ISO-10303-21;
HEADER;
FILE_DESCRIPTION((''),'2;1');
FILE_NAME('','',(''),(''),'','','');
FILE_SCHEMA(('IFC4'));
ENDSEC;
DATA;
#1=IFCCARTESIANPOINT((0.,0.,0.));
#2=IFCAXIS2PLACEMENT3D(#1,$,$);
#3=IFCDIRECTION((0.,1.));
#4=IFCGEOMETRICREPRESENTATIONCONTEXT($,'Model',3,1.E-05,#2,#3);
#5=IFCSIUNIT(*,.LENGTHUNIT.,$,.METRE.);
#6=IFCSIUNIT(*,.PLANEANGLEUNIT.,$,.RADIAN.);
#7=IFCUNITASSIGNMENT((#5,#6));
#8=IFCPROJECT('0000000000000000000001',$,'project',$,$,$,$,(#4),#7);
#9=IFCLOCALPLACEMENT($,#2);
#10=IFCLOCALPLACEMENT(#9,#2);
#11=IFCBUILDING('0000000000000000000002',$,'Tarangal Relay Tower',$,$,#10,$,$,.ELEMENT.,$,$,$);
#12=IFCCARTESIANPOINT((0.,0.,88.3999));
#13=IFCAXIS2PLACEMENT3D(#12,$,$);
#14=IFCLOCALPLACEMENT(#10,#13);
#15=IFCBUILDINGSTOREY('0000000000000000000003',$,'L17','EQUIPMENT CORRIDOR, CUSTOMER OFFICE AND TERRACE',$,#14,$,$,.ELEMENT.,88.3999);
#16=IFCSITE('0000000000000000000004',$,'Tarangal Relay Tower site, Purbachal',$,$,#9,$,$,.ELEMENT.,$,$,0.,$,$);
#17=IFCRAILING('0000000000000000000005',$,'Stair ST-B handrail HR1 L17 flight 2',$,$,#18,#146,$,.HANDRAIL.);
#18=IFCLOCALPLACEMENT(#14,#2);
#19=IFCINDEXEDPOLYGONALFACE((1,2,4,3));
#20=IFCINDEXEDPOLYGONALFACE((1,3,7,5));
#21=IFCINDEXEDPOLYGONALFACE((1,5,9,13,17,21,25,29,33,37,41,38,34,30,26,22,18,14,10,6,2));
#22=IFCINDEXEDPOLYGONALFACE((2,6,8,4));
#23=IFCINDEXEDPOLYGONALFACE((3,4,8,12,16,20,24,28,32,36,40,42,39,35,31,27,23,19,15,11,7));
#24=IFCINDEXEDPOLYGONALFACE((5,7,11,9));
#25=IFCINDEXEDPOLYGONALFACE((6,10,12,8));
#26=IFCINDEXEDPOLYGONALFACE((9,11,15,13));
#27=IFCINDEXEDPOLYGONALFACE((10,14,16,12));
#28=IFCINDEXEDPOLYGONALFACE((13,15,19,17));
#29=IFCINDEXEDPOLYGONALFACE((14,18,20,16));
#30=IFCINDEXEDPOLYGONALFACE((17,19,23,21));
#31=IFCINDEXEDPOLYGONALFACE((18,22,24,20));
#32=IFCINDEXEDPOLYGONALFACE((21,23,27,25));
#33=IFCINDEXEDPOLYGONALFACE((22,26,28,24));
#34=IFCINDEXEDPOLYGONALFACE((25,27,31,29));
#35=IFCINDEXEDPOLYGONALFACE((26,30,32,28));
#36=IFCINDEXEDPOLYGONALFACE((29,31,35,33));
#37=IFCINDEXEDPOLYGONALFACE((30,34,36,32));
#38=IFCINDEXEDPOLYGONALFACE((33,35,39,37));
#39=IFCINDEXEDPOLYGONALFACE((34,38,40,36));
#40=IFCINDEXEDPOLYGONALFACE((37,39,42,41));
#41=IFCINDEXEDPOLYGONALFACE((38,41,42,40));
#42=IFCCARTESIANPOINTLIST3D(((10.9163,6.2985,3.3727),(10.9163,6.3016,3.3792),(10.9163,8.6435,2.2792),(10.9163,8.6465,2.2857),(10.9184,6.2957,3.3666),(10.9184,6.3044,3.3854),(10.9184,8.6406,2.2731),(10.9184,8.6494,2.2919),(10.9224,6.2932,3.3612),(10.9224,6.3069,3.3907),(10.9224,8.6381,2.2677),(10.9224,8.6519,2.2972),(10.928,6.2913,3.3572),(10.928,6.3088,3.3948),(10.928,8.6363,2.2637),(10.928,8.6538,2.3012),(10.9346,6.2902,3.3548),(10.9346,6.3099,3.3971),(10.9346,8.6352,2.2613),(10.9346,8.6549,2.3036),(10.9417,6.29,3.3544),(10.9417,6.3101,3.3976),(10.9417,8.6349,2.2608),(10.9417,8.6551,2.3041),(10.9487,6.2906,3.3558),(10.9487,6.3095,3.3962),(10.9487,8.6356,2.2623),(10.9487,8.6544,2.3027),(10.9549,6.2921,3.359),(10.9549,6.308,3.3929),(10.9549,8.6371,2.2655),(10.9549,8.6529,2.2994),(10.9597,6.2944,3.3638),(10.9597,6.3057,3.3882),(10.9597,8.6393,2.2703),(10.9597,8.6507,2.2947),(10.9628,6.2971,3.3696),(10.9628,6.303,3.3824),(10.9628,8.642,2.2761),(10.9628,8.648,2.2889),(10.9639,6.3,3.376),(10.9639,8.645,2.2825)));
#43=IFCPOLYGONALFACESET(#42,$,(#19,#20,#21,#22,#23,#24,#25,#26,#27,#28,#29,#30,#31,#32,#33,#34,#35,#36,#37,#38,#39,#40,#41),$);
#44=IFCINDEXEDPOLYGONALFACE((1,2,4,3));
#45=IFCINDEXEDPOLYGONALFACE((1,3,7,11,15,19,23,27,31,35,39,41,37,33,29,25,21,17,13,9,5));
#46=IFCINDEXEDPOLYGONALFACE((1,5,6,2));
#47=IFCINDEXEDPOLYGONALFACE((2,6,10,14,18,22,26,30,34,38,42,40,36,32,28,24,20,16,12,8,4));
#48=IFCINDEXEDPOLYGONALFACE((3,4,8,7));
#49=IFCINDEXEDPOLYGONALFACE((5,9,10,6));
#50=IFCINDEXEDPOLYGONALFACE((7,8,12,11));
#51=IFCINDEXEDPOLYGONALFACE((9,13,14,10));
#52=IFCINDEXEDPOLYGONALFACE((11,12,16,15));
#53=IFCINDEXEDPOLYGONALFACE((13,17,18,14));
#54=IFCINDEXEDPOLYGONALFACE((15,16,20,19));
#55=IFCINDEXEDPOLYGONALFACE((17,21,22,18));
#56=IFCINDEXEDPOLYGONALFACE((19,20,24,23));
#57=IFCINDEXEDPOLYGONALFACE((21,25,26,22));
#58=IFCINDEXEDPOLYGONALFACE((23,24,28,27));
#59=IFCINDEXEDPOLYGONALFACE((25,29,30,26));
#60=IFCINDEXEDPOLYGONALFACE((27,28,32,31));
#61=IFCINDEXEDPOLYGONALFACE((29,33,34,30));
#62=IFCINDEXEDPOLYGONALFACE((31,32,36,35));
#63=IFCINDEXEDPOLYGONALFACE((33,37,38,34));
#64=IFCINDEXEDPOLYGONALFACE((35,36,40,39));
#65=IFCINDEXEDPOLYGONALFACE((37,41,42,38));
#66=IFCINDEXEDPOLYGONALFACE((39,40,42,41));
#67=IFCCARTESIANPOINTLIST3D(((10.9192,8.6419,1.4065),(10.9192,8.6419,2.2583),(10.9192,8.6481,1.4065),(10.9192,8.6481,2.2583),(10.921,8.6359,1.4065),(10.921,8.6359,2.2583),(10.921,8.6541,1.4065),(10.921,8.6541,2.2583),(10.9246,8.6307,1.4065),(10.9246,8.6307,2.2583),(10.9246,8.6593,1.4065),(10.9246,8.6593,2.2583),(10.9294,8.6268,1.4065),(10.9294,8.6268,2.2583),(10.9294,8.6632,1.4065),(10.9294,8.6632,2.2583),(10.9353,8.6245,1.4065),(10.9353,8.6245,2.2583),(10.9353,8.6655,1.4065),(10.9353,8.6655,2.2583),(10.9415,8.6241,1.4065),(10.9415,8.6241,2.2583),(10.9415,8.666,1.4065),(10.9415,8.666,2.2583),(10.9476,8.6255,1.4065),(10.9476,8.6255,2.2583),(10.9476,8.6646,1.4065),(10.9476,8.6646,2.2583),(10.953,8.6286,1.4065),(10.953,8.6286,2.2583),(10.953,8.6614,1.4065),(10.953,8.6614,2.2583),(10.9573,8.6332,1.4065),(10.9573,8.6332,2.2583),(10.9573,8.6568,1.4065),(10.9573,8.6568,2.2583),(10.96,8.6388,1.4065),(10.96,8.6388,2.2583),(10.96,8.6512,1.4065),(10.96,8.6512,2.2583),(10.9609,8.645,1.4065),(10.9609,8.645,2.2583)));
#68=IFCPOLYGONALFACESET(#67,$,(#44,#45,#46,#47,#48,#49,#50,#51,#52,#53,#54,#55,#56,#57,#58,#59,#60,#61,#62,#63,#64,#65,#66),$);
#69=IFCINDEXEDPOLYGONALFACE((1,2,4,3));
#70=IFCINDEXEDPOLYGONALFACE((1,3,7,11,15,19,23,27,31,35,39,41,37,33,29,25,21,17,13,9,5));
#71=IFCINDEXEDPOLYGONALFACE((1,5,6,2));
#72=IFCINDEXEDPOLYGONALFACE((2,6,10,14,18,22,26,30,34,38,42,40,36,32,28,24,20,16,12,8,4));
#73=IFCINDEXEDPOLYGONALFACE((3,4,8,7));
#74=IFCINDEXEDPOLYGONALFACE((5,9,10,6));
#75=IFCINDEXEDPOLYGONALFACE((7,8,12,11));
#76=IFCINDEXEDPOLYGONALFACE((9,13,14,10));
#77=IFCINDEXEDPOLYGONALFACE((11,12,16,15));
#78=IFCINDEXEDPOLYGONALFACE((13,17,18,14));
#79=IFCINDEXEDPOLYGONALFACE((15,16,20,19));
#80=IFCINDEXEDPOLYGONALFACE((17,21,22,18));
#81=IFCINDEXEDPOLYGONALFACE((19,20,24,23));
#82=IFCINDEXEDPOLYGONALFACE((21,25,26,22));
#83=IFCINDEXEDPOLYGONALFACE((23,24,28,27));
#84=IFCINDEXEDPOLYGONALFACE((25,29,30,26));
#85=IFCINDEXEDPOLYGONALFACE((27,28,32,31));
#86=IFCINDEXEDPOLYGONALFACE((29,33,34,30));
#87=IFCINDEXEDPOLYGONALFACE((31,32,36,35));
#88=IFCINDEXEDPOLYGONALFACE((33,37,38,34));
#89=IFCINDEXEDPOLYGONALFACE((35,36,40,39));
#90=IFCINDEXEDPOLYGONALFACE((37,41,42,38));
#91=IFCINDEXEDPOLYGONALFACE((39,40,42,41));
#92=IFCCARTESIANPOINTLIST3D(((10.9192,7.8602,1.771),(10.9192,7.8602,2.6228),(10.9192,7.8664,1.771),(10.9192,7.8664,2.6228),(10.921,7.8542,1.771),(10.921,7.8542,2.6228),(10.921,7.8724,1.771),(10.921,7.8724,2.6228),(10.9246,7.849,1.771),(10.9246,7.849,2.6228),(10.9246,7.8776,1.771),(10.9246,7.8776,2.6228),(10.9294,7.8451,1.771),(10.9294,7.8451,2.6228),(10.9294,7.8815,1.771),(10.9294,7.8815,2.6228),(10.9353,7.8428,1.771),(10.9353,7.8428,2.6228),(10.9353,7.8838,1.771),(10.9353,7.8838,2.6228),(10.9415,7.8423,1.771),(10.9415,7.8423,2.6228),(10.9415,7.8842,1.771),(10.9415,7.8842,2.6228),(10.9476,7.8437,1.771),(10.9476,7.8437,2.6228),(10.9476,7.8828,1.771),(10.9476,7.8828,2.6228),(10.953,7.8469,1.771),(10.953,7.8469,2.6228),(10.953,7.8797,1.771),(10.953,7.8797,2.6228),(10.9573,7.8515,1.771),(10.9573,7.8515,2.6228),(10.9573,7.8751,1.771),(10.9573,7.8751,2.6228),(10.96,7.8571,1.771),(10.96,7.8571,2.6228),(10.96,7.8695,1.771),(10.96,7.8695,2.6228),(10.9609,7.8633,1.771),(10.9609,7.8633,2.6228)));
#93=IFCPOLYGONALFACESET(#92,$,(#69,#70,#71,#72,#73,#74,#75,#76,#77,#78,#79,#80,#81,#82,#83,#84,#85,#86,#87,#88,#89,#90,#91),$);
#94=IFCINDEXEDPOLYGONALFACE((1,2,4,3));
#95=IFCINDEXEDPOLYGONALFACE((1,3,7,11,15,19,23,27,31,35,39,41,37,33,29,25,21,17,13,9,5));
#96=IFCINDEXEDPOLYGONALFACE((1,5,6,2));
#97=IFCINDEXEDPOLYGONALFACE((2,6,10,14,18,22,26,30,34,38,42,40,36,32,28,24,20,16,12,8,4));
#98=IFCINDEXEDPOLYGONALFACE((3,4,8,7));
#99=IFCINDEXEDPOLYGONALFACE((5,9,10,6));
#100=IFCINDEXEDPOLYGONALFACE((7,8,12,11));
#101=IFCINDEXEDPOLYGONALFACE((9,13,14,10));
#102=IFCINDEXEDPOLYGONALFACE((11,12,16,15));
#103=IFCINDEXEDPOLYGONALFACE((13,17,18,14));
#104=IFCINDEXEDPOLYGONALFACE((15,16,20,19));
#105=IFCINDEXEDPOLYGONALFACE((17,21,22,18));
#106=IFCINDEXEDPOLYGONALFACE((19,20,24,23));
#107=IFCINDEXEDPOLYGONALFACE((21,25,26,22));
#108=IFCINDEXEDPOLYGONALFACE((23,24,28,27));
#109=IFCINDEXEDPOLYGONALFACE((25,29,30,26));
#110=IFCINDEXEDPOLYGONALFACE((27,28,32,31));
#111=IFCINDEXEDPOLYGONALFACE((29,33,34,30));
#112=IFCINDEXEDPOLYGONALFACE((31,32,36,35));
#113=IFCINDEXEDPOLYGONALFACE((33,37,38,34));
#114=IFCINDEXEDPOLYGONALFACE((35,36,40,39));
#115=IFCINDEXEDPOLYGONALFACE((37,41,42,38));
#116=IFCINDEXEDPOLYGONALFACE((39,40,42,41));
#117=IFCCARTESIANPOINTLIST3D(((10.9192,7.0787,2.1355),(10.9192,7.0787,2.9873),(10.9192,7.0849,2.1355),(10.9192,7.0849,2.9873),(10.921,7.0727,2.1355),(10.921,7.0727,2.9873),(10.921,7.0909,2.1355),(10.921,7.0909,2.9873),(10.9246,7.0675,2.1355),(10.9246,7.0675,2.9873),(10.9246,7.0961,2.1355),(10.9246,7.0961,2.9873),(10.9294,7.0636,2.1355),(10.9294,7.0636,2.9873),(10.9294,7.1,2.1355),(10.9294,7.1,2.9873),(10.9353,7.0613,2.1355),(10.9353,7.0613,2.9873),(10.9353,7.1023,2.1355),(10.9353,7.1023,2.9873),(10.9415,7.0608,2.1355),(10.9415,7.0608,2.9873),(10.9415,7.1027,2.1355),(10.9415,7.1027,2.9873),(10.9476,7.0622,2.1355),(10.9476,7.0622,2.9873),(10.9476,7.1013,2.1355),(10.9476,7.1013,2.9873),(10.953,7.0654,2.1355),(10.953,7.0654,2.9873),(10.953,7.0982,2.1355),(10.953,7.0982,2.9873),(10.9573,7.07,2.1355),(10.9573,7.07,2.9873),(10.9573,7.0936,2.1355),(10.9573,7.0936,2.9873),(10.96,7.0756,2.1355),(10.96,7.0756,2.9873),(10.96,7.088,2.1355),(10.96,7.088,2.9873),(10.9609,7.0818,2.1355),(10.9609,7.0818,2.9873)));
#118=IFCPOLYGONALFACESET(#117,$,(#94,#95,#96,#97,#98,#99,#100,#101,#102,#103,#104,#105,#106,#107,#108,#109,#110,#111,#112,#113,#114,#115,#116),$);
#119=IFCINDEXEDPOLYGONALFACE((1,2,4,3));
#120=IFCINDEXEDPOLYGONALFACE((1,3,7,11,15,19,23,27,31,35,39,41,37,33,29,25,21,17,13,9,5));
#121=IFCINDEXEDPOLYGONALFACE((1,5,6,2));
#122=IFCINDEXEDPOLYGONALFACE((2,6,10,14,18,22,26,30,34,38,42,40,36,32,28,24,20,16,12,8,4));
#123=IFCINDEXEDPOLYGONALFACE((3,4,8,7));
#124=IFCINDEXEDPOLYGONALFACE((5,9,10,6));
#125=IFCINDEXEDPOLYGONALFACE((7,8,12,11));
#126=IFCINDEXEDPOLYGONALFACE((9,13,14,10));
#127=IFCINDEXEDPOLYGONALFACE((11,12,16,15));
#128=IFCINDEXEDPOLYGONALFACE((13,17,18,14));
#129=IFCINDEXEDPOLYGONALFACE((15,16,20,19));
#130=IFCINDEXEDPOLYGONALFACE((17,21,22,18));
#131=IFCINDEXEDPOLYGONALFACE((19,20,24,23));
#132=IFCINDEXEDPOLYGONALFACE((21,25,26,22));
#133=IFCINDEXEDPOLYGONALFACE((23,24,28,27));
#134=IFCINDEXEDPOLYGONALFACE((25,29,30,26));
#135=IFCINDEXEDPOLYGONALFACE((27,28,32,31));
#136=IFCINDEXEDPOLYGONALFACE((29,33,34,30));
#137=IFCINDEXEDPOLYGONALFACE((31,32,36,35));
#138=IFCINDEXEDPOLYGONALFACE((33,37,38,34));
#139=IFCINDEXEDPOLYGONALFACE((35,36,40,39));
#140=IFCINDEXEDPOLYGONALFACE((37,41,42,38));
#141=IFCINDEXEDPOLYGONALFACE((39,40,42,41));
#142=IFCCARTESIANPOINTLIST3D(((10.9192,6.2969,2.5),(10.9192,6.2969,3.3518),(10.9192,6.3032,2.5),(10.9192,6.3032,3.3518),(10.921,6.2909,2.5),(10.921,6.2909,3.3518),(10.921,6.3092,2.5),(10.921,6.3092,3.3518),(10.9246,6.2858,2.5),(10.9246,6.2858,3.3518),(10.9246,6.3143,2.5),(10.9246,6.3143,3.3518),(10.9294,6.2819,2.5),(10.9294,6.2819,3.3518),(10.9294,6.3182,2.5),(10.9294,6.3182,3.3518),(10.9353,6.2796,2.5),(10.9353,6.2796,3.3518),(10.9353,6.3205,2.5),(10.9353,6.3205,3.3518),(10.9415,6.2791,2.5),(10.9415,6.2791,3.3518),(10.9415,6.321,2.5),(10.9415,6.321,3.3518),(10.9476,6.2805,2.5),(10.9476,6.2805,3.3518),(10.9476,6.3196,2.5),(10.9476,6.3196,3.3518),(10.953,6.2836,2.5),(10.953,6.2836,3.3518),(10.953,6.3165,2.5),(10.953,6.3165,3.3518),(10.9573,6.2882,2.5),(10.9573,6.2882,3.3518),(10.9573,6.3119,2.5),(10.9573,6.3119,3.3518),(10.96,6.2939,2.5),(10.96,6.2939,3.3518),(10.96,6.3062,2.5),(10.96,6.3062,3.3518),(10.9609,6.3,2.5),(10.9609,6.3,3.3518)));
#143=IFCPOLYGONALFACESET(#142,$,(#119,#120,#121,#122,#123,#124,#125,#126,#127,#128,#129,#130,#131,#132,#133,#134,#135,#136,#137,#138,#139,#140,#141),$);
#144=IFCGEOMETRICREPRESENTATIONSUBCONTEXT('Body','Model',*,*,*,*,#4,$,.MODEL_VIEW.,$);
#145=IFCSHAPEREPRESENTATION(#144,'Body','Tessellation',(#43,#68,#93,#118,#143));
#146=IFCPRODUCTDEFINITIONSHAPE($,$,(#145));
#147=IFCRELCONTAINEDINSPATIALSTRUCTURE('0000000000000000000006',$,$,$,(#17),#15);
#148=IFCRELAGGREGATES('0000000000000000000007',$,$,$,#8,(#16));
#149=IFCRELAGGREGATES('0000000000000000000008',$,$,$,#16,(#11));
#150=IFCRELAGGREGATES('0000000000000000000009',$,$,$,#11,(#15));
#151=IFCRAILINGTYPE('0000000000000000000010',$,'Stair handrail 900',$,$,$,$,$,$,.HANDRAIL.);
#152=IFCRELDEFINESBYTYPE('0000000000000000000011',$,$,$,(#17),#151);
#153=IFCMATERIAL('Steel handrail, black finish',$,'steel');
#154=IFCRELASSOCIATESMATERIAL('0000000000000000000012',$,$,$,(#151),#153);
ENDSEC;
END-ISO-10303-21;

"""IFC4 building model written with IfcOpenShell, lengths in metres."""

from ifc_helpers import new_model, si_unit, direction, frame, origin, origin_2d, place, context, subcontext, project, spatial, circle, extrude, material, type_object, element, save


model = new_model("IFC4")

# Units and contexts
model_context = context("Model", 3, precision=1e-05, world=origin(), true_north=direction((0.0, 1.0)))
body_context = subcontext(model_context, "Body", "Model", "MODEL_VIEW")
ifc_project = project(units=[si_unit("LENGTHUNIT", "METRE"), si_unit("PLANEANGLEUNIT", "RADIAN")], contexts=[model_context])

# Site, building, storey
site_placement = place(None, origin())
site = spatial("IfcSite", under=ifc_project, at=site_placement, Name="Tarangal Relay Tower site, Purbachal", CompositionType="ELEMENT", RefElevation=0.0)
building_placement = place(site_placement, origin())
building = spatial("IfcBuilding", under=site, at=building_placement, Name="Tarangal Relay Tower", CompositionType="ELEMENT")
storey_placement = place(building_placement, frame((0.0, 0.0, 88.3999)))
storey = spatial("IfcBuildingStorey", under=building, at=storey_placement, Name="L17", Description="EQUIPMENT CORRIDOR, CUSTOMER OFFICE AND TERRACE", CompositionType="ELEMENT", Elevation=88.3999)

# Railing
ifc_material_1 = material(Name="Steel handrail, black finish", Category="steel")
railing_type_1 = type_object("IfcRailingType", Name="Stair handrail 900", PredefinedType="HANDRAIL", material=ifc_material_1)
for number, where, name in (
    (1, (10.9399, 8.645, 1.4065), "Stair ST-B handrail HR1 L17 flight 2"),
):
    element("IfcRailing", number, at=place(storey_placement, frame(where)), inside=storey, type_object=railing_type_1, Name=name, PredefinedType="HANDRAIL", context=body_context, shape_type="SweptSolid", body=[
        extrude(circle(Radius=0.0239, at=origin_2d()), frame((0.0, 0.0, 0.876), z_axis=(0.0, -0.906304, 0.422627), x_axis=(1.0, 0.0, 0.0)), (0.0, 0.0, 1.0), 2.5874),
        extrude(circle(Radius=0.021, at=origin_2d()), origin(), (0.0, 0.0, 1.0), 0.8518),
        extrude(circle(Radius=0.021, at=origin_2d()), frame((0.0, -0.7817, 0.3645)), (0.0, 0.0, 1.0), 0.8518),
        extrude(circle(Radius=0.021, at=origin_2d()), frame((0.0, -1.5632, 0.729)), (0.0, 0.0, 1.0), 0.8518),
        extrude(circle(Radius=0.021, at=origin_2d()), frame((0.0, -2.345, 1.0935)), (0.0, 0.0, 1.0), 0.8518),
    ])

save(model, "model.ifc")
